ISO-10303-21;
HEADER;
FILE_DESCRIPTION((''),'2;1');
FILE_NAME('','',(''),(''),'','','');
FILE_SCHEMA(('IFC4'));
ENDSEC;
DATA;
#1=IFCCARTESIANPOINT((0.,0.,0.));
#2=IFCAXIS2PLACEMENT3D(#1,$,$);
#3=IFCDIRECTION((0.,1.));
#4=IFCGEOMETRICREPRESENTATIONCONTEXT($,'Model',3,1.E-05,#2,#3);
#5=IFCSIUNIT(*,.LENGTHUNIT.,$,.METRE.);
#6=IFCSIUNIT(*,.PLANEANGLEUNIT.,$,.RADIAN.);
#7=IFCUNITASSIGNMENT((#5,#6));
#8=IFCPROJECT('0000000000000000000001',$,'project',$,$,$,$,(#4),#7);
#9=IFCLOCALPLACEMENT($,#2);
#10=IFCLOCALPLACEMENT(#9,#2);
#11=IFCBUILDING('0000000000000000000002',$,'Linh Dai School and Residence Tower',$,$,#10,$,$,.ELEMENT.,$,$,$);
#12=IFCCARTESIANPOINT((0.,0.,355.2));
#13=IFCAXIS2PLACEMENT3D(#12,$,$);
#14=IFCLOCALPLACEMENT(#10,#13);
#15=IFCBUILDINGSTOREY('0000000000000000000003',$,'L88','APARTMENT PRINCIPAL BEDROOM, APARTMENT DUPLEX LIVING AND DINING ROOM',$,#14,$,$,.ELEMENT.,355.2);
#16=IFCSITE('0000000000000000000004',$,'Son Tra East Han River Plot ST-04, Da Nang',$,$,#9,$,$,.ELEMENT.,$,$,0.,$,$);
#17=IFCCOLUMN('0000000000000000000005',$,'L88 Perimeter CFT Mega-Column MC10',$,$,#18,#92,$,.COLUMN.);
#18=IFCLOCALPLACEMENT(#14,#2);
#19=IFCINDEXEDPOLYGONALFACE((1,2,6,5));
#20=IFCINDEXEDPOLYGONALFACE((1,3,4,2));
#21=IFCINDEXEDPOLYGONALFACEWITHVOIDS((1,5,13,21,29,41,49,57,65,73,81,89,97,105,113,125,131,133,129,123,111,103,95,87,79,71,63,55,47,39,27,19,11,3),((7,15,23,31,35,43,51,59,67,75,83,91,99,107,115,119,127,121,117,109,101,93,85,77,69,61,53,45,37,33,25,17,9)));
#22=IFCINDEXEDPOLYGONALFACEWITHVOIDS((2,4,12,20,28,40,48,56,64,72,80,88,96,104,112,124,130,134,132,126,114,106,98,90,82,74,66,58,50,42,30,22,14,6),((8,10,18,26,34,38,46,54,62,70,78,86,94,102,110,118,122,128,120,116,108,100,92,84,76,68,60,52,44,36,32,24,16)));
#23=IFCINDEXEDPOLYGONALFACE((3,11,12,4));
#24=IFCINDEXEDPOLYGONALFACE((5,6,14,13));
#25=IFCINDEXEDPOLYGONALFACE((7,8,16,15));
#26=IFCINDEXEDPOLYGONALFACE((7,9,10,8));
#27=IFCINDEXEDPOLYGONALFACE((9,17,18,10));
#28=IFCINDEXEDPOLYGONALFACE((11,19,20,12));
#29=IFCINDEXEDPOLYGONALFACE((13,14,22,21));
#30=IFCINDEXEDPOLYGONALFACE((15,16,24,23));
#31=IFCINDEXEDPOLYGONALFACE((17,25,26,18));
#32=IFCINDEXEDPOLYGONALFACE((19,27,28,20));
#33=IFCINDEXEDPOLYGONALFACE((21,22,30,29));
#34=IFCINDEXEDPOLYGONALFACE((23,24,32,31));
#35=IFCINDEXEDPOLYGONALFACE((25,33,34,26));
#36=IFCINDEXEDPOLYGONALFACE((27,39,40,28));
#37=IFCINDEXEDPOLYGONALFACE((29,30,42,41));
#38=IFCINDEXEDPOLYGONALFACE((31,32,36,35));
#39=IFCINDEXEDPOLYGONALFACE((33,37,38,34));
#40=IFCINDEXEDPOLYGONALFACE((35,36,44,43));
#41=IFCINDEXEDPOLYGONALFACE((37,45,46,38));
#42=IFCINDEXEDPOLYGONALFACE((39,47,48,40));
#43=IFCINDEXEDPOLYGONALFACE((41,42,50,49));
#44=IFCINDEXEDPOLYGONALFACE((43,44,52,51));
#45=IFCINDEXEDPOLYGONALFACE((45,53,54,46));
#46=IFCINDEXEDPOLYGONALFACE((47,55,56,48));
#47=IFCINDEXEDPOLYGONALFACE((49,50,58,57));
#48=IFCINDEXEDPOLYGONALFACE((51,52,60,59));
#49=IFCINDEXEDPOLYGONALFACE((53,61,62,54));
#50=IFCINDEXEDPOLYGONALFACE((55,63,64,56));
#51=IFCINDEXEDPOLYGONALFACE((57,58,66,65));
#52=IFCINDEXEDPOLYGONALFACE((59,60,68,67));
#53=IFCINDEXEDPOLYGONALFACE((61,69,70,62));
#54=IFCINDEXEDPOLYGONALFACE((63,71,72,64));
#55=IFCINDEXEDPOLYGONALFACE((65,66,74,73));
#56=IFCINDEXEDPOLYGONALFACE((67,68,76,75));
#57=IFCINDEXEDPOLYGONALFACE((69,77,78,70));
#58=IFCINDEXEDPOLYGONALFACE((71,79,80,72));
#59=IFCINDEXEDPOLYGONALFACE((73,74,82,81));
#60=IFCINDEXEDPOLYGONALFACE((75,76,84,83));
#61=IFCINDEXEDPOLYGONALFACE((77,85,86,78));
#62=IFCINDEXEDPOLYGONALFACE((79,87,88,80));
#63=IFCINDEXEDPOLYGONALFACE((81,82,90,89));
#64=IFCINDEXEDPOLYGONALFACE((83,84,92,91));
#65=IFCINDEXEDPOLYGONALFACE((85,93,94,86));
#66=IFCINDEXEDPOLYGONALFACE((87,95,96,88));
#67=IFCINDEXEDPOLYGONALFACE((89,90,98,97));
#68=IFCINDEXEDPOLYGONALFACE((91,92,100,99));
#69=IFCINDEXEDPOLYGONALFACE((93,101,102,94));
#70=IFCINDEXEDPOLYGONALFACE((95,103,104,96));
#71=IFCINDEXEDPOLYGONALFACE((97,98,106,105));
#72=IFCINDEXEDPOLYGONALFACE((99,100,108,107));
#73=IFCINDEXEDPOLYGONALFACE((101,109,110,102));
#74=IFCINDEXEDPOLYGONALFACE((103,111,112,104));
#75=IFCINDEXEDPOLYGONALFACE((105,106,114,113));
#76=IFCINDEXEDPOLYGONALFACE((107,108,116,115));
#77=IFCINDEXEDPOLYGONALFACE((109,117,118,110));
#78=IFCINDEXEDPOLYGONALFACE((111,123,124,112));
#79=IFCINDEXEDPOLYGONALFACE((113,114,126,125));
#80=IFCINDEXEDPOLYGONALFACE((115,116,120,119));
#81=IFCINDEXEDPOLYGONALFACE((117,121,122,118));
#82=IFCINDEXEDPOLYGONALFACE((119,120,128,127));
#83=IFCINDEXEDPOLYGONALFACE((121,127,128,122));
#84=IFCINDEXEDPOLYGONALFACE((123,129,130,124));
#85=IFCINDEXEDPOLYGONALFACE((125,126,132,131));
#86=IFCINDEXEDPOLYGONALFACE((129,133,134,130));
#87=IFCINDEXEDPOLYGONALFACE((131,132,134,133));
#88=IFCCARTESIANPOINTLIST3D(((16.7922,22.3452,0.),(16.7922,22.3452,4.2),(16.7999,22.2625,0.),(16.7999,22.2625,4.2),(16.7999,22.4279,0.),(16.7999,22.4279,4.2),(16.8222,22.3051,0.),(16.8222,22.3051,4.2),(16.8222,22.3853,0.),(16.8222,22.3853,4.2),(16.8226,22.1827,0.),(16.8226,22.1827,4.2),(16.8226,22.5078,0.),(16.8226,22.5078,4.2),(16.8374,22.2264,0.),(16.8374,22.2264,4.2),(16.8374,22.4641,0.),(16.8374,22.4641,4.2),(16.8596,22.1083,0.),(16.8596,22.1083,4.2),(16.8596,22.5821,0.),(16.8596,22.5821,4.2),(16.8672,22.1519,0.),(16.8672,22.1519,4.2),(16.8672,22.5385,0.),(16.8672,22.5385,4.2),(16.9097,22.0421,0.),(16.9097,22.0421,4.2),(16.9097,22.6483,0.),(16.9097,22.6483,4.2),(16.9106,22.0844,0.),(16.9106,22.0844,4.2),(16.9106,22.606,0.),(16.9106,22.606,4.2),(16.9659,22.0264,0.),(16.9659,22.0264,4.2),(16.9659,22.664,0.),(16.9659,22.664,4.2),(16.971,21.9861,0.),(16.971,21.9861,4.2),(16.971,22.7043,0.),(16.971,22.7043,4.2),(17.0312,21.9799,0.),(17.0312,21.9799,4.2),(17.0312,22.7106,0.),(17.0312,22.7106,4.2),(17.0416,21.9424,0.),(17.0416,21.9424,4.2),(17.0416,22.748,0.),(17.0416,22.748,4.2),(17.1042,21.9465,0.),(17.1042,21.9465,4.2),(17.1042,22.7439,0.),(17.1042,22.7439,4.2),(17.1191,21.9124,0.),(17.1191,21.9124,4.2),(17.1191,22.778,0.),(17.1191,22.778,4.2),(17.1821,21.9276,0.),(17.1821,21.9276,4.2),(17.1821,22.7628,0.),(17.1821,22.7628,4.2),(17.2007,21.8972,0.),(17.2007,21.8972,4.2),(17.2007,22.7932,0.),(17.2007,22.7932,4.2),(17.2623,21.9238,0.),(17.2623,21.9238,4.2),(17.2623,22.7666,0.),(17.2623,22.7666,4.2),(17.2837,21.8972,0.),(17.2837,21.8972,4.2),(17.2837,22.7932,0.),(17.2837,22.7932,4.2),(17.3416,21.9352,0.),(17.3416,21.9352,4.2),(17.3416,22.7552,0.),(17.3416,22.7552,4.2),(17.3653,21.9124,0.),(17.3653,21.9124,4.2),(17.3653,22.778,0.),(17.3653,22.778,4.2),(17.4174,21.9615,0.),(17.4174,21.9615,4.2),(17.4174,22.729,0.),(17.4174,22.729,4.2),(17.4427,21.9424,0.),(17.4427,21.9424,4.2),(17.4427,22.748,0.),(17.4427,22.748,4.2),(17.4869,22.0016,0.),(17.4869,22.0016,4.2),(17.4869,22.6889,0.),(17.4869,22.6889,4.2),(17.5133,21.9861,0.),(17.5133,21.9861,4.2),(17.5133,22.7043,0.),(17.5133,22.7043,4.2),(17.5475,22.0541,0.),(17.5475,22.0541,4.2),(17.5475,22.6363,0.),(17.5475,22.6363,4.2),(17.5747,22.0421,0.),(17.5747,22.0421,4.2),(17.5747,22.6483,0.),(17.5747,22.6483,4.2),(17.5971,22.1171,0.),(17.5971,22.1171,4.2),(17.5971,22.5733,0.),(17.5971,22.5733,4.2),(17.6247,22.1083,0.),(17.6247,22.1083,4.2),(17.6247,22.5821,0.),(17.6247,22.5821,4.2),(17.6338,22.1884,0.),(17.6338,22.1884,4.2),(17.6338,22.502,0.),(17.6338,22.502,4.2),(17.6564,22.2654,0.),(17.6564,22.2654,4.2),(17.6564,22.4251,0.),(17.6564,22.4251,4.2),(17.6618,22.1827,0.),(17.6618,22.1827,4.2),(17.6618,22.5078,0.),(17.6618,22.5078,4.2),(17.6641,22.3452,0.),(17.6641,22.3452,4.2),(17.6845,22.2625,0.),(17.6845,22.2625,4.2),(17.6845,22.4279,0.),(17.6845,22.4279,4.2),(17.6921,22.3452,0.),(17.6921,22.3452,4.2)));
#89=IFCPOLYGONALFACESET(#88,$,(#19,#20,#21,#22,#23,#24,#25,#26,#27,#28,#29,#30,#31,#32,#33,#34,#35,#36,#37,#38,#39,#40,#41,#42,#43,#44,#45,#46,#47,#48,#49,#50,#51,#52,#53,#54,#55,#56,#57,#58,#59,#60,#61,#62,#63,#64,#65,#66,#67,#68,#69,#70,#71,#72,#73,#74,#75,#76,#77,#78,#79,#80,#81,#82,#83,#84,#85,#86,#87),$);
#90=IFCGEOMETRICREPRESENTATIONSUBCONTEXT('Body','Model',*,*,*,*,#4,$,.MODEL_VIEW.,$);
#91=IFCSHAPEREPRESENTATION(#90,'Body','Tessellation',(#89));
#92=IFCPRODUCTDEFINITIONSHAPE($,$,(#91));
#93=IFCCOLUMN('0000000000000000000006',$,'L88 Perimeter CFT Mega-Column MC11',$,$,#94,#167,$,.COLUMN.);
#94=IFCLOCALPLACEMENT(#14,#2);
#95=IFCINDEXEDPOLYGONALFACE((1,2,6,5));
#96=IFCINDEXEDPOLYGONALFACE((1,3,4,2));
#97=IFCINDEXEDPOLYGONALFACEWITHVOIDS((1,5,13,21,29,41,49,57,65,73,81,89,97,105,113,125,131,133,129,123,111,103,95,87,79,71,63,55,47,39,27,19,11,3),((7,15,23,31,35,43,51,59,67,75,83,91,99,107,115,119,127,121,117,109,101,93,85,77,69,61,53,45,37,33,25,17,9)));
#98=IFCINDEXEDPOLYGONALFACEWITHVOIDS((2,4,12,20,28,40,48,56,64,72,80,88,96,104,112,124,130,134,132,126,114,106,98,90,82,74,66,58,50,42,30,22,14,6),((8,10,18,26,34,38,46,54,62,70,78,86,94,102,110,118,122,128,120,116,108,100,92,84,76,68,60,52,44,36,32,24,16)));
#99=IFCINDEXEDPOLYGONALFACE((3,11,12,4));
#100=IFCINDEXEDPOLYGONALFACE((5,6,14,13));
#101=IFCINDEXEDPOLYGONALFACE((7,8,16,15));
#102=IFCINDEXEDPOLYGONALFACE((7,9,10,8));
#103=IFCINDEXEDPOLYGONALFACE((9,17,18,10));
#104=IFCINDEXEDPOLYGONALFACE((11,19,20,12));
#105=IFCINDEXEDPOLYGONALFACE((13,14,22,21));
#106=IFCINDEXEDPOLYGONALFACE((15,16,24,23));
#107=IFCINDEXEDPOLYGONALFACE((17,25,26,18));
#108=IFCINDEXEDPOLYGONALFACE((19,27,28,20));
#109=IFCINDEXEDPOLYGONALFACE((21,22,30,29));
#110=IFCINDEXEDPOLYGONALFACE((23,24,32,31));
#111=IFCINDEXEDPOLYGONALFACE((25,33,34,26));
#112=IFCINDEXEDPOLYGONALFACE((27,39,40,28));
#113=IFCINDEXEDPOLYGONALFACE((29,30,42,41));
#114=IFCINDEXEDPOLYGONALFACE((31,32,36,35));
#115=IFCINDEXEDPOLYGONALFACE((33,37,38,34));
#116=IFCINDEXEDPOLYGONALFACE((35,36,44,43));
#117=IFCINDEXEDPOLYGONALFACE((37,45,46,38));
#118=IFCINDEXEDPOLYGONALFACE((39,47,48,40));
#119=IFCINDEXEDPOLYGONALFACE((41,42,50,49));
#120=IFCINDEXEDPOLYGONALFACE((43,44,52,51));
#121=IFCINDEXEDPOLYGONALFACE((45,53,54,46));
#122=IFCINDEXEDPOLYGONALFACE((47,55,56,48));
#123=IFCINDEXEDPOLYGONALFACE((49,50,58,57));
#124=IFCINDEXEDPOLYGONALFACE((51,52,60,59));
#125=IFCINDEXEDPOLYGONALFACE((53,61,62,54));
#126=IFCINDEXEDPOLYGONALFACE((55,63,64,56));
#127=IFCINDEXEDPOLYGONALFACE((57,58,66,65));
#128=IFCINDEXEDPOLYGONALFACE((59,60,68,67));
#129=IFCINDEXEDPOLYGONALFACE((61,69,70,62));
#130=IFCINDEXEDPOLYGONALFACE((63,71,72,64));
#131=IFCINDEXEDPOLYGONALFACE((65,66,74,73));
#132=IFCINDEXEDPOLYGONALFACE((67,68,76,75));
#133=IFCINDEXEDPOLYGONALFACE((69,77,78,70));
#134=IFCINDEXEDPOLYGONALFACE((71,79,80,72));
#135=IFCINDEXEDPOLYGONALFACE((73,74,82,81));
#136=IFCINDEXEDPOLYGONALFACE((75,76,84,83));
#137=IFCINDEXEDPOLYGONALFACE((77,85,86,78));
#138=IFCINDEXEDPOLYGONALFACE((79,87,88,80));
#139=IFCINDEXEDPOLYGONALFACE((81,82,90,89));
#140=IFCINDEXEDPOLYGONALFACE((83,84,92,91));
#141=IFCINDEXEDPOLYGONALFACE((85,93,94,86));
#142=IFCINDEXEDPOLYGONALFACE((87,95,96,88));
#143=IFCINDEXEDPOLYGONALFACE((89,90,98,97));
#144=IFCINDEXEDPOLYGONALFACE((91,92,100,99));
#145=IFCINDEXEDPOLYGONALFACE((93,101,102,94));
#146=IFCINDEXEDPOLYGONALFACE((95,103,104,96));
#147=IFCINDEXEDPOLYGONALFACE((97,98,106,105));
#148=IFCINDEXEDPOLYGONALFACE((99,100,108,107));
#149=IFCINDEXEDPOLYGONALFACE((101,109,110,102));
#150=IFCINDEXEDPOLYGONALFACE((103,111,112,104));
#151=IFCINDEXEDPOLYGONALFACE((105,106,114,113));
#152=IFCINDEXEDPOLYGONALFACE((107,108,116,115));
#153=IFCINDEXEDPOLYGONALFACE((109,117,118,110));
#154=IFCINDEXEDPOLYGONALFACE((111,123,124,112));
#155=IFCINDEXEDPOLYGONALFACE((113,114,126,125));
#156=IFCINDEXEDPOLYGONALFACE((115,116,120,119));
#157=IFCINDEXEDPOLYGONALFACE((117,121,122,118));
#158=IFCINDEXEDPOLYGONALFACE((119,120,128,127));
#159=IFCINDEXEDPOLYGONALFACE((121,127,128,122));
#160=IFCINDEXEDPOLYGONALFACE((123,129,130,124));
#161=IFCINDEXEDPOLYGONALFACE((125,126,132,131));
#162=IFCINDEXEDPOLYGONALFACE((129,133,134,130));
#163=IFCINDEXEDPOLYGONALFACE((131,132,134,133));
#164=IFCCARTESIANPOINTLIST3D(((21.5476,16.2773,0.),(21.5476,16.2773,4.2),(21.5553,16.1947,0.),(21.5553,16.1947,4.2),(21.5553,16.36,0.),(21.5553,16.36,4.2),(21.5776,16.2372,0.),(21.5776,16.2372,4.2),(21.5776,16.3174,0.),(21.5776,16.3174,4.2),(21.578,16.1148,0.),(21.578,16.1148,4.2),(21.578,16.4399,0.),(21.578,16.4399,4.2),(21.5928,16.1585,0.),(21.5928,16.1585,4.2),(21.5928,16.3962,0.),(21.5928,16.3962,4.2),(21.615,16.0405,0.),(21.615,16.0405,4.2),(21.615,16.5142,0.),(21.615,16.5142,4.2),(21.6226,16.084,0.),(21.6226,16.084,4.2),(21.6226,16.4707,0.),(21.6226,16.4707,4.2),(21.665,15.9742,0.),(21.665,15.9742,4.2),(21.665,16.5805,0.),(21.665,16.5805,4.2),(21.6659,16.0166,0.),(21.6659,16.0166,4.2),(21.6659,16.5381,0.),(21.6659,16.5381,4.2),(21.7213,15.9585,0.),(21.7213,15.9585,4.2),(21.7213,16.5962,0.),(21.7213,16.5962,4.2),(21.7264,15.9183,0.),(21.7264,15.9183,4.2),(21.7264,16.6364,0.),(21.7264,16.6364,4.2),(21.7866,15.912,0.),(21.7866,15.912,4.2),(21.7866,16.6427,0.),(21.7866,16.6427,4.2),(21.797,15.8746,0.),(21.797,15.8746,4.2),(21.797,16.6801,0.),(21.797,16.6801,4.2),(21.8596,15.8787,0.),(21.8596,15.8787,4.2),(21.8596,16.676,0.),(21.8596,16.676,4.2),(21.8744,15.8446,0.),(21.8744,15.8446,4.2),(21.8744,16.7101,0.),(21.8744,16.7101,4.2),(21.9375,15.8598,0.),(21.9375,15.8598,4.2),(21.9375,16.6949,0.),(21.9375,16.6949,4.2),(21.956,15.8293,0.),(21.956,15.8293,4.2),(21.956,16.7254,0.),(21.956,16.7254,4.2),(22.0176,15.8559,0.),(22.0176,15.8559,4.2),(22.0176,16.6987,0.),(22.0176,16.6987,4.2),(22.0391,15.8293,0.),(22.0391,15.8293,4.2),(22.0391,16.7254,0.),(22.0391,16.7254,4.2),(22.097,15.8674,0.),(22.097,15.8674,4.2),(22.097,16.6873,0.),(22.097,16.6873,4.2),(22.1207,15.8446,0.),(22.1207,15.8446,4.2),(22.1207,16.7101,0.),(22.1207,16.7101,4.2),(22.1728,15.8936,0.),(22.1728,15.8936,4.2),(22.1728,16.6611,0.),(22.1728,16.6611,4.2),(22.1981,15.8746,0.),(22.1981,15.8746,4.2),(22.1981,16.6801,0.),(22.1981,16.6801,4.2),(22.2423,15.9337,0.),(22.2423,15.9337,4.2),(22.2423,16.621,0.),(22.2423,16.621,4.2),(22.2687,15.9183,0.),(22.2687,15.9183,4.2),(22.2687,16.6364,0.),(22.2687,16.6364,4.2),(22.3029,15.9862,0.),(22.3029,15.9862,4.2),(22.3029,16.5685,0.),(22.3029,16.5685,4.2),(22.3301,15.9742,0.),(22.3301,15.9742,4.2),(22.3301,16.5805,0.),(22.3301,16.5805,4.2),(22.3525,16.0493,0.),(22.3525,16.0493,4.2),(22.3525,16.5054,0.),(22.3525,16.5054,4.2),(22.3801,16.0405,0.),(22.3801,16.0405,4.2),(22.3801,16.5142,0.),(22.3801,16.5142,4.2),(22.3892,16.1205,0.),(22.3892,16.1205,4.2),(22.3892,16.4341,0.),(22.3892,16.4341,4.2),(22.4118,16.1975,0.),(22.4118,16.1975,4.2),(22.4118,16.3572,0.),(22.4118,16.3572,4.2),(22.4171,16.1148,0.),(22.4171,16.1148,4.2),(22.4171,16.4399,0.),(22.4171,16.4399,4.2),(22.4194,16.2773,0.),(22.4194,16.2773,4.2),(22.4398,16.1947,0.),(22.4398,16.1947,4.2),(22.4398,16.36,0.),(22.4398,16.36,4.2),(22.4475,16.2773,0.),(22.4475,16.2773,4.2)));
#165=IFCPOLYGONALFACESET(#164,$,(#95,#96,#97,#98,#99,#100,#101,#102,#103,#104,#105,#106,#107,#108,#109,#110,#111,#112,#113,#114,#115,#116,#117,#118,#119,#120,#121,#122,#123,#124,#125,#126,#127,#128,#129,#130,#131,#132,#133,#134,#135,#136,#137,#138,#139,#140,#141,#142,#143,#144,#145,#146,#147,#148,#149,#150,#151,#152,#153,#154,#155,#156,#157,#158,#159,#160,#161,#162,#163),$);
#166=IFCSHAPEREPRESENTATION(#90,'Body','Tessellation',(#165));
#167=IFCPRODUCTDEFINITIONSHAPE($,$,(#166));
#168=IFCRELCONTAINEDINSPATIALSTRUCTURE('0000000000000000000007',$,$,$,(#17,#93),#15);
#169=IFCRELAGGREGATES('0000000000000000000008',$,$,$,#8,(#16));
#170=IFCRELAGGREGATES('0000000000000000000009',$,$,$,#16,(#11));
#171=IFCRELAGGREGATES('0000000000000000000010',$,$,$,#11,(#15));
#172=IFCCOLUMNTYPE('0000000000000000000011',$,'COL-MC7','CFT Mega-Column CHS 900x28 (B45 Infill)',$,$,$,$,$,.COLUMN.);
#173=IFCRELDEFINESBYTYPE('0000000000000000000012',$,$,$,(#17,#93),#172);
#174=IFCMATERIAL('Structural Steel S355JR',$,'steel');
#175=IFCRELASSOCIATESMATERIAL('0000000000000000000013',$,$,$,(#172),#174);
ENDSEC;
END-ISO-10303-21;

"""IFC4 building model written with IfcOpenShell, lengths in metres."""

from ifc_helpers import new_model, si_unit, direction, frame, origin, origin_2d, place, context, subcontext, project, spatial, hollow_circle, extrude, material, material_profile, profile_set, type_object, element, save


model = new_model("IFC4")

# Units and contexts
model_context = context("Model", 3, precision=1e-05, world=origin(), true_north=direction((0.0, 1.0)))
body_context = subcontext(model_context, "Body", "Model", "MODEL_VIEW")
ifc_project = project(units=[si_unit("LENGTHUNIT", "METRE"), si_unit("PLANEANGLEUNIT", "RADIAN")], contexts=[model_context])

# Site, building, storey
site_placement = place(None, origin())
site = spatial("IfcSite", under=ifc_project, at=site_placement, Name="Son Tra East Han River Plot ST-04, Da Nang", CompositionType="ELEMENT", RefElevation=0.0)
building_placement = place(site_placement, origin())
building = spatial("IfcBuilding", under=site, at=building_placement, Name="Linh Dai School and Residence Tower", CompositionType="ELEMENT")
storey_placement = place(building_placement, frame((0.0, 0.0, 355.2)))
storey = spatial("IfcBuildingStorey", under=building, at=storey_placement, Name="L88", Description="APARTMENT PRINCIPAL BEDROOM, APARTMENT DUPLEX LIVING AND DINING ROOM", CompositionType="ELEMENT", Elevation=355.2)

# Columns
ifc_material_1 = material(Name="Structural Steel S355JR", Category="steel")
ifc_material_profile_1 = material_profile(ifc_material_1, hollow_circle(Radius=0.45, WallThickness=0.0281, at=origin_2d()), Name="CHS 900x28")
ifc_profile_set_1 = profile_set([ifc_material_profile_1], Name="Structural Steel S355JR")
column_type = type_object("IfcColumnType", Name="COL-MC7", Description="CFT Mega-Column CHS 900x28 (B45 Infill)", PredefinedType="COLUMN", material=ifc_profile_set_1)
for number, where, z_axis, x_axis, name in (
    (1, (17.2422, 22.3452, 0.0), (0.0, 0.0, 1.0), (1.0, 0.0, 0.0), "L88 Perimeter CFT Mega-Column MC10"),
    (2, (21.9976, 16.2773, 0.0), (0.0, 0.0, 1.0), (1.0, 0.0, 0.0), "L88 Perimeter CFT Mega-Column MC11"),
):
    element("IfcColumn", number, at=place(storey_placement, frame(where, z_axis=z_axis, x_axis=x_axis)), inside=storey, type_object=column_type, Name=name, PredefinedType="COLUMN", context=body_context, shape_type="SweptSolid", body=[
        extrude(hollow_circle(Radius=0.45, WallThickness=0.0281, at=origin_2d()), origin(), (0.0, 0.0, 1.0), 4.2),
    ])

save(model, "model.ifc")
